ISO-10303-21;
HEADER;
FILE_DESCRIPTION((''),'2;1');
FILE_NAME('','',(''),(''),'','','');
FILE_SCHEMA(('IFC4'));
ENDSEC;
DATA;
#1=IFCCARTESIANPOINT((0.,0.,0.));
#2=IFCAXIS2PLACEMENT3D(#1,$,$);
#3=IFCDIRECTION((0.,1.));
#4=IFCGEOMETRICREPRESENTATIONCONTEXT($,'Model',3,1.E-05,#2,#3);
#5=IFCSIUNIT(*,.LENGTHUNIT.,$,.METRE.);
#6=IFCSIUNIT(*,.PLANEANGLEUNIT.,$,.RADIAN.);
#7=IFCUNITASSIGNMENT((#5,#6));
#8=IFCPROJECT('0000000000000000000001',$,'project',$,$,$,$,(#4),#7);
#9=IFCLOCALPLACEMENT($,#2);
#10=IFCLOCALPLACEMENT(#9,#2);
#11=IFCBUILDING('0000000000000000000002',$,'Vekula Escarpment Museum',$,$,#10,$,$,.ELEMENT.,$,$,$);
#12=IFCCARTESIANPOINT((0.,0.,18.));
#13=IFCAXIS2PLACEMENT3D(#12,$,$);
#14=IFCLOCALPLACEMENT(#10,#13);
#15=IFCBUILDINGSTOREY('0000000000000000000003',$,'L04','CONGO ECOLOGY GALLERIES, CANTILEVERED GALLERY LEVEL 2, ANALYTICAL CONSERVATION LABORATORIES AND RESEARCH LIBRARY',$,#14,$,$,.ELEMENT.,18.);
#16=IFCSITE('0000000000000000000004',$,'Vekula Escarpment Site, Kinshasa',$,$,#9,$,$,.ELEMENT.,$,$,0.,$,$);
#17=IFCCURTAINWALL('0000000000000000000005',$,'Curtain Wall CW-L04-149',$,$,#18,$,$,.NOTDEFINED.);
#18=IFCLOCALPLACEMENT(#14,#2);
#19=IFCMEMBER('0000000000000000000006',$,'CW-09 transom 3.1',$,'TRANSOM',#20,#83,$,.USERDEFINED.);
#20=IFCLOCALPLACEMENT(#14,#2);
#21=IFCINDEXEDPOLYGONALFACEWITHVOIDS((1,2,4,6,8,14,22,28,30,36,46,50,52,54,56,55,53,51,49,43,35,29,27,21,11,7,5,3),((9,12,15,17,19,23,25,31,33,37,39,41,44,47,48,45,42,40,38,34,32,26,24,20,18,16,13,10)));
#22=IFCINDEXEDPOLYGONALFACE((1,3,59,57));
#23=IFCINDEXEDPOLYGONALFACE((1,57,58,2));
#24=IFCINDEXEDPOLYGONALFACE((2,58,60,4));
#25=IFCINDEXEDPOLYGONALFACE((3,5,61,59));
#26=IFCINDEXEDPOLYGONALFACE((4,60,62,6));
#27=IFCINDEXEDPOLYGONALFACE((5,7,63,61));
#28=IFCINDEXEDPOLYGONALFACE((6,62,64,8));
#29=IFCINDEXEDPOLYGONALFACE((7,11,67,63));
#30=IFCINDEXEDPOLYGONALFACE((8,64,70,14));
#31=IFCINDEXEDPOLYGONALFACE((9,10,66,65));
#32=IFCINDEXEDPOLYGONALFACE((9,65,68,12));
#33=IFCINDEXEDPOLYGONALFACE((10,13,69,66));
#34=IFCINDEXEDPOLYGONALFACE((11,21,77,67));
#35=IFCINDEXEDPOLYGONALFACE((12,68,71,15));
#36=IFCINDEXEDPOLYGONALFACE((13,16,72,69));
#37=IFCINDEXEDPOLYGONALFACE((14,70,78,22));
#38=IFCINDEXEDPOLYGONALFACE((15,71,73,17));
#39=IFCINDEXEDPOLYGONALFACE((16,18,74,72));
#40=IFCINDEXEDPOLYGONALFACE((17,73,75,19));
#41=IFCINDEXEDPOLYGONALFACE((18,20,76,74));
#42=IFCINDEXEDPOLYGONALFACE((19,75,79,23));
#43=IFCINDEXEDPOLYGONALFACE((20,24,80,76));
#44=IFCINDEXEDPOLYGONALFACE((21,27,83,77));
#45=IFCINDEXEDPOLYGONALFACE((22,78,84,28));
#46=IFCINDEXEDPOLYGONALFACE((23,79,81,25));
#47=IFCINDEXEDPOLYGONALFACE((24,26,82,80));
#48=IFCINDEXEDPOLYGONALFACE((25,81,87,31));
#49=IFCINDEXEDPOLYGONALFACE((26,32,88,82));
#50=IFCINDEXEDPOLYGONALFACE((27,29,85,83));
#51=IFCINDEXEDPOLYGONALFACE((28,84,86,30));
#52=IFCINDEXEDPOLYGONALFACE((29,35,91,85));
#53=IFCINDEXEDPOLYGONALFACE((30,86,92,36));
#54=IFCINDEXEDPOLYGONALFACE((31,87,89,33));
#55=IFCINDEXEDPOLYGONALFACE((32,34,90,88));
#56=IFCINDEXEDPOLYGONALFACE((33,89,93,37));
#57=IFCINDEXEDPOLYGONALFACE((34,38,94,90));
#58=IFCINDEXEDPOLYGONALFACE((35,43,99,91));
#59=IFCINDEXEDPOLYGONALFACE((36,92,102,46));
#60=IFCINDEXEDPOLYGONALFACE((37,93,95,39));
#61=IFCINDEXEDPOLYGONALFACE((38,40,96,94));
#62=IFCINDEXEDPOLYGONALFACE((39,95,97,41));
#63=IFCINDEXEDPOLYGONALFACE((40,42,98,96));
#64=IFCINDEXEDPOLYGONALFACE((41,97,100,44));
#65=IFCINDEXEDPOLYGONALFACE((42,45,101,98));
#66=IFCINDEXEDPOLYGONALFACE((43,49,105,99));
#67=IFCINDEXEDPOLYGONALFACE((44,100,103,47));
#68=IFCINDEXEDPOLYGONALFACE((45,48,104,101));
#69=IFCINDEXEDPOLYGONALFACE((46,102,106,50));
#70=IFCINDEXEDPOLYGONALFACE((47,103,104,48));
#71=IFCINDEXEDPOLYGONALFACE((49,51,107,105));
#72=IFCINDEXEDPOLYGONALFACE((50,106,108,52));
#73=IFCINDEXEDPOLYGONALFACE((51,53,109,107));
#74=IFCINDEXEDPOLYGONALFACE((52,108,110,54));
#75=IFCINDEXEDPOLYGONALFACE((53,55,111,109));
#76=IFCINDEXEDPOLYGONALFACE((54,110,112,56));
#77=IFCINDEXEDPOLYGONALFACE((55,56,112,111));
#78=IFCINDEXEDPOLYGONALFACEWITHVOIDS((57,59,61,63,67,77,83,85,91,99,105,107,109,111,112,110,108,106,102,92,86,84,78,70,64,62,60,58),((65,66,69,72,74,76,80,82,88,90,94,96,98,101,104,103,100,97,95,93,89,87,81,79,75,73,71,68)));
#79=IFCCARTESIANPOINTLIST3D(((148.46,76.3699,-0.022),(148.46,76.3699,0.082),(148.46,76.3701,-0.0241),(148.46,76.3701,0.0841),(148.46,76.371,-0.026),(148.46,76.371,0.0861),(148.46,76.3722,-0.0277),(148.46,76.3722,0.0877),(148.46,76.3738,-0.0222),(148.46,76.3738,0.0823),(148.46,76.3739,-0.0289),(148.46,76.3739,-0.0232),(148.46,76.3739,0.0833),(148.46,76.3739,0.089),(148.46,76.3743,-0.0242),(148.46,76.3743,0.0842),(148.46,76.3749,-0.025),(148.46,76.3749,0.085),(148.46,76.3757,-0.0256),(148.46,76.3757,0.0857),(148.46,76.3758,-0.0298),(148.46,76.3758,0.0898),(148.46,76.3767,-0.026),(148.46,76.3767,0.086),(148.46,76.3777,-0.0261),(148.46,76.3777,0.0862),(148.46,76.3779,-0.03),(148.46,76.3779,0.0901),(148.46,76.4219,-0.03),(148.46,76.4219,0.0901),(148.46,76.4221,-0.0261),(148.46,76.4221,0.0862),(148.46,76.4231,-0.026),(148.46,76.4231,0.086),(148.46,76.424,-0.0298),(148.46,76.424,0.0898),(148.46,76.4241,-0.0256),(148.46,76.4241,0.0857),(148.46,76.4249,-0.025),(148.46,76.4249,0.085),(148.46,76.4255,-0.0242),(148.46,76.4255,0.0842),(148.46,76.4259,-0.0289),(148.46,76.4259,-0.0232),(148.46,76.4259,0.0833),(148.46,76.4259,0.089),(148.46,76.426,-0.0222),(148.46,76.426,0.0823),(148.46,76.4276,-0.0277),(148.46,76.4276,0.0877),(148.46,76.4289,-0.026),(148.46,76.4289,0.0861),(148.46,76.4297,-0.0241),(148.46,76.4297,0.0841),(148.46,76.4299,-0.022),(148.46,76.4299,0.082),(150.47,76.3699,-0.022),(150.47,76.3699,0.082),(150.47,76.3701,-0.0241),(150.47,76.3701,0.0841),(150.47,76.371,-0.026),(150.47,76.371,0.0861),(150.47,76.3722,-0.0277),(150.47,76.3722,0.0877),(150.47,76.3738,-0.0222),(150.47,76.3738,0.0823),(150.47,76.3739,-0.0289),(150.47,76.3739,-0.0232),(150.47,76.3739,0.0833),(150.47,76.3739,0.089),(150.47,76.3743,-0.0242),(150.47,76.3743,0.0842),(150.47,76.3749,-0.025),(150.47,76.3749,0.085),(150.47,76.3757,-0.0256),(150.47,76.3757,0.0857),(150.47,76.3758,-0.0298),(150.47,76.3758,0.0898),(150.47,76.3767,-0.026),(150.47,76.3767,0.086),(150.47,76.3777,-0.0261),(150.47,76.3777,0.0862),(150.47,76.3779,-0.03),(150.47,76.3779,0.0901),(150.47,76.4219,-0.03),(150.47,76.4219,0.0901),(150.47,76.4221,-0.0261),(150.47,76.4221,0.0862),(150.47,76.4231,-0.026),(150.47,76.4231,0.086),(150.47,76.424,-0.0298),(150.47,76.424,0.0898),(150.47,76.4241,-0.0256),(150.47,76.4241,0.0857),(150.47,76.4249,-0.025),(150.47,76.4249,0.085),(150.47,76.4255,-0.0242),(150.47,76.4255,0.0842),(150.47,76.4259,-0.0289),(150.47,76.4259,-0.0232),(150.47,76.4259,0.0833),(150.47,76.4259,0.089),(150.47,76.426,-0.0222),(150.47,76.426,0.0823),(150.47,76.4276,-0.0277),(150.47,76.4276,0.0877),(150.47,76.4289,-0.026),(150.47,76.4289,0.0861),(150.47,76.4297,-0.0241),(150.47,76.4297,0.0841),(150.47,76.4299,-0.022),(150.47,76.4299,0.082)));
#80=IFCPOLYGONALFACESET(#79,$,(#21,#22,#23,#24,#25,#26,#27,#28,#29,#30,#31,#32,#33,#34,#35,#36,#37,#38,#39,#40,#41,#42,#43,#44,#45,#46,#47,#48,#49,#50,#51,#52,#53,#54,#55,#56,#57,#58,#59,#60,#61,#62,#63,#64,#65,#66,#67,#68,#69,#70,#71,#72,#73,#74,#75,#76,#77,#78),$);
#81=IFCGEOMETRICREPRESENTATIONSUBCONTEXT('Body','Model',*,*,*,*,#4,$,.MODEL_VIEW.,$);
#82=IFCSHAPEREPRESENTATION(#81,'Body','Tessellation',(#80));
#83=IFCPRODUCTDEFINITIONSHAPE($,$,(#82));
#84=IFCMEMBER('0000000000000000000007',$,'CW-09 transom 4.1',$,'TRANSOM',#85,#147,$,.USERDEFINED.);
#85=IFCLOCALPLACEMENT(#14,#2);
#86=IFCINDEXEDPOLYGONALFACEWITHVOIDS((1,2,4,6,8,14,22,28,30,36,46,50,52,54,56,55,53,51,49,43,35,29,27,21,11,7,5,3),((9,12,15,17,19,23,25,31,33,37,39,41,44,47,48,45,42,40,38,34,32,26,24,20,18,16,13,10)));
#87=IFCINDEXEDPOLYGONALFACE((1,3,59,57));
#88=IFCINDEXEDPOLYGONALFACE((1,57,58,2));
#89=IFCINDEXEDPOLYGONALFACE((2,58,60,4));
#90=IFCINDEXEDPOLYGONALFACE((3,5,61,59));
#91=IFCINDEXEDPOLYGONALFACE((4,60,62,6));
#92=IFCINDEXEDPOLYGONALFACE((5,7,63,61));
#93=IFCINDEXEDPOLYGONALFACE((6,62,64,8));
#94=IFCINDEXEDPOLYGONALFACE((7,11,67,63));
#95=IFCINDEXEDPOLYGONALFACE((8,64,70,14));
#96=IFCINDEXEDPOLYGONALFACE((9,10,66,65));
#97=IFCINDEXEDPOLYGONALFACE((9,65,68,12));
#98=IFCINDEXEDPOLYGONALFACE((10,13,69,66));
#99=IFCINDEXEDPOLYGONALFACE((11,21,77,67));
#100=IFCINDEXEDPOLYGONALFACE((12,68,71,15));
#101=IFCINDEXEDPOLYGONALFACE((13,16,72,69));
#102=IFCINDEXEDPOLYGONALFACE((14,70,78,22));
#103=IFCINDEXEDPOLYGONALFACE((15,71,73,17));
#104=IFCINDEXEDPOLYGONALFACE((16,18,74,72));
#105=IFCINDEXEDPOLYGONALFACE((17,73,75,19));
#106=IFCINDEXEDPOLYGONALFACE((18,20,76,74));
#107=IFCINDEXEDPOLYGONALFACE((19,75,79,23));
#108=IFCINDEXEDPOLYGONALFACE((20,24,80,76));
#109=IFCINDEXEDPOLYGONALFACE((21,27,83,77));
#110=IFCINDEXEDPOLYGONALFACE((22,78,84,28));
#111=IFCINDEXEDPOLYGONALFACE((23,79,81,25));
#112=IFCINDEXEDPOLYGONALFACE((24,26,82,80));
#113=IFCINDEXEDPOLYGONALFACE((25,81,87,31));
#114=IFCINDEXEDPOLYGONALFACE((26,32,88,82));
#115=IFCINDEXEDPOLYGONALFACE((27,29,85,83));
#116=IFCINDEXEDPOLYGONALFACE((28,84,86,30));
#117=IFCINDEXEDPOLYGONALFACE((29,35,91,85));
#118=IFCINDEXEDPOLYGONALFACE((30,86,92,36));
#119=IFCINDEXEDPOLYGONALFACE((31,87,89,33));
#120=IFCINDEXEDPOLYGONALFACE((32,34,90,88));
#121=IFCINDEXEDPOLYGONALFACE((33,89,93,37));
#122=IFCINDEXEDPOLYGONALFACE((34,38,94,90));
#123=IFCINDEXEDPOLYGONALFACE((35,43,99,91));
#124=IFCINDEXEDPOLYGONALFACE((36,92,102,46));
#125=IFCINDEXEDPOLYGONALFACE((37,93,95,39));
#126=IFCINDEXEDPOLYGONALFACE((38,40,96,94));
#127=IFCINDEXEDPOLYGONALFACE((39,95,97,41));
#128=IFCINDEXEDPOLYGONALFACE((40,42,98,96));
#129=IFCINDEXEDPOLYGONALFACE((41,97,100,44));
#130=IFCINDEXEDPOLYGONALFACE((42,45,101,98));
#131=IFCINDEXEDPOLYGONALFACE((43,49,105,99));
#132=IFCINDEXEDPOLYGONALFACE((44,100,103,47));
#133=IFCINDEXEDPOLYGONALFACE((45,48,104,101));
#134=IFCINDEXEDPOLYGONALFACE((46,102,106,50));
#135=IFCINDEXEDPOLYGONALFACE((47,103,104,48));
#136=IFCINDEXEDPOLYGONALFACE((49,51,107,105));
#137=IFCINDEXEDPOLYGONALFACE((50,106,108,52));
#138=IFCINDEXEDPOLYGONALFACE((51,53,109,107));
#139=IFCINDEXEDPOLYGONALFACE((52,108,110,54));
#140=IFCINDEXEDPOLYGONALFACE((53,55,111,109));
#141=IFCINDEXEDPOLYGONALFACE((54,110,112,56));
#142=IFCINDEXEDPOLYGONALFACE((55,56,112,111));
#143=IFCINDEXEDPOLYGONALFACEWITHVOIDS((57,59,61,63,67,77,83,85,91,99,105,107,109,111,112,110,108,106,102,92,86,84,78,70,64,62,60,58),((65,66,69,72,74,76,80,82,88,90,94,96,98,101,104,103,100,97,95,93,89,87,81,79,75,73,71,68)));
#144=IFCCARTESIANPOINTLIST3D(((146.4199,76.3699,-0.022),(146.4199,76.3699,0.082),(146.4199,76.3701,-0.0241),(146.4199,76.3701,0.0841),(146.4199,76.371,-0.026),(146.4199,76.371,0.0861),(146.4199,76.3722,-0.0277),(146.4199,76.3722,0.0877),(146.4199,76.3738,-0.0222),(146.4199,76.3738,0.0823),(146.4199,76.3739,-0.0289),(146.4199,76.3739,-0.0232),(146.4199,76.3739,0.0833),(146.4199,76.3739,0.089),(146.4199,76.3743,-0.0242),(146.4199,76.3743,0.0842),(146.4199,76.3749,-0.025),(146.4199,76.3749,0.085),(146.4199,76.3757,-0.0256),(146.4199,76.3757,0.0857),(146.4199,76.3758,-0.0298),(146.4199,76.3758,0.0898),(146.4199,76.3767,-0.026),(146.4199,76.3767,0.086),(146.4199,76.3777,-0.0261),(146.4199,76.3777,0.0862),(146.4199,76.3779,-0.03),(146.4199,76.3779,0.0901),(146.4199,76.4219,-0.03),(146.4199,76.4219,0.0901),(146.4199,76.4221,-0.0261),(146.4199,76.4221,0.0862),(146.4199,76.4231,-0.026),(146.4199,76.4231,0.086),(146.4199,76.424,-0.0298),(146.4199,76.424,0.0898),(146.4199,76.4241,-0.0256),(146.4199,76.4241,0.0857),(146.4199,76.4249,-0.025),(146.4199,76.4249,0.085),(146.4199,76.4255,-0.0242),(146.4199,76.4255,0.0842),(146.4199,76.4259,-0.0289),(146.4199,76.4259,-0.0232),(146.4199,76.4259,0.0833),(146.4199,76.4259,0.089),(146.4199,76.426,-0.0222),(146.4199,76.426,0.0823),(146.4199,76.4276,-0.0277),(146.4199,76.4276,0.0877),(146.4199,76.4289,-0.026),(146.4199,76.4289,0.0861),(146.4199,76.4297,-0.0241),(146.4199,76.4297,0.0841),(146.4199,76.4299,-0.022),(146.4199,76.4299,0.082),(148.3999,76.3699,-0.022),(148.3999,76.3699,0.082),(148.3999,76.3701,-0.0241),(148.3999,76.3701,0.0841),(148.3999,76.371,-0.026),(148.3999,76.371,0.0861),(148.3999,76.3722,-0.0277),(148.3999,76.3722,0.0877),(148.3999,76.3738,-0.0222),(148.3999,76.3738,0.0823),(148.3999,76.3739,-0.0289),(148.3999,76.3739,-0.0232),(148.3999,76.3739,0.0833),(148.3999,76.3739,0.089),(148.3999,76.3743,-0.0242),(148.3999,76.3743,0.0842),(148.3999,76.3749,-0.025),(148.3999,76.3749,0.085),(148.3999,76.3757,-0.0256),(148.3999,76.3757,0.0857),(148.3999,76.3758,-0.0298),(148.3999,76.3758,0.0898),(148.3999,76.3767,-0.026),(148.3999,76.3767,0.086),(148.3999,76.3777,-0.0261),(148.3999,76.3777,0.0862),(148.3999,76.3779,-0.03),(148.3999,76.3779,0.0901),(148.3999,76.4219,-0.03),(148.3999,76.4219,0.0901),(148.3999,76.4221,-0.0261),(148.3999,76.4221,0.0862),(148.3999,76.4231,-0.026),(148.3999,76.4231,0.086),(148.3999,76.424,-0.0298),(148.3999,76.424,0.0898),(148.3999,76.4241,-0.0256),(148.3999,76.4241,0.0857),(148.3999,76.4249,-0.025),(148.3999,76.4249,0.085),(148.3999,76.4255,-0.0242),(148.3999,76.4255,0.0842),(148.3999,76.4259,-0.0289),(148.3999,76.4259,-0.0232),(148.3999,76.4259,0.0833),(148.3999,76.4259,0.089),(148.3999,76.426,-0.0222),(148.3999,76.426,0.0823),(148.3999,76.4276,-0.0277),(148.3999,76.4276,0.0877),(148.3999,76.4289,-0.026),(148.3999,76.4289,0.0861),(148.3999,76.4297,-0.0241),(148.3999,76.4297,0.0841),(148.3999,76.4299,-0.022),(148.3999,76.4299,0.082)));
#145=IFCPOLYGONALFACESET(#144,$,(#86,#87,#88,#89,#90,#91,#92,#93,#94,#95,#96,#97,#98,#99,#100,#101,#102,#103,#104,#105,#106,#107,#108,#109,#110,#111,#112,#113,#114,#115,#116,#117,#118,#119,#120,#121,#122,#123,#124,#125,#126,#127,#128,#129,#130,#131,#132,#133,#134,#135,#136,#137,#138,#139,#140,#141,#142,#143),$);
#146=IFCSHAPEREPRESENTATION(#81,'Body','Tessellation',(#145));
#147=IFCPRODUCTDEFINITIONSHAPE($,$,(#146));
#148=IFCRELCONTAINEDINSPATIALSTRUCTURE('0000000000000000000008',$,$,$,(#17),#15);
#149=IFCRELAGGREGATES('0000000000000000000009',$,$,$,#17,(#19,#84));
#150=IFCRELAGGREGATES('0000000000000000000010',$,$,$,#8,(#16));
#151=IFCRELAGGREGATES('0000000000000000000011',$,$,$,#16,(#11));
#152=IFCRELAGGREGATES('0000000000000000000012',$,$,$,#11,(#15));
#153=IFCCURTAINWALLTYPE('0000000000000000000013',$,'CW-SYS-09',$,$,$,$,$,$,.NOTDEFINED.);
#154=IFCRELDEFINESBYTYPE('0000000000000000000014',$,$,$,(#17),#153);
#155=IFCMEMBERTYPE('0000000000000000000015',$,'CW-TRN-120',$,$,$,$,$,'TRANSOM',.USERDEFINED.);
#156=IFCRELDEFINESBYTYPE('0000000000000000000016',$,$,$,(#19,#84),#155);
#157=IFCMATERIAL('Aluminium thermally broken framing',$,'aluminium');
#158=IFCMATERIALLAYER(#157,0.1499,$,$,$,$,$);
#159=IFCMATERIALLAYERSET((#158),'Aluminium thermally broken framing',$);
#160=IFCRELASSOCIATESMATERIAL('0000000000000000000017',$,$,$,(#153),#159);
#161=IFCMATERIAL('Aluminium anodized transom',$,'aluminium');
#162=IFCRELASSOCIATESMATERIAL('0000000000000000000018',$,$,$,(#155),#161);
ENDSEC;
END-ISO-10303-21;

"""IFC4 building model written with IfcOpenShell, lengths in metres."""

from ifc_helpers import new_model, si_unit, direction, frame, origin, origin_2d, place, context, subcontext, project, spatial, hollow_rectangle, extrude, material, layer, layer_set, material_profile, profile_set, type_object, element, aggregate, save


model = new_model("IFC4")

# Units and contexts
model_context = context("Model", 3, precision=1e-05, world=origin(), true_north=direction((0.0, 1.0)))
body_context = subcontext(model_context, "Body", "Model", "MODEL_VIEW")
ifc_project = project(units=[si_unit("LENGTHUNIT", "METRE"), si_unit("PLANEANGLEUNIT", "RADIAN")], contexts=[model_context])

# Site, building, storey
site_placement = place(None, origin())
site = spatial("IfcSite", under=ifc_project, at=site_placement, Name="Vekula Escarpment Site, Kinshasa", CompositionType="ELEMENT", RefElevation=0.0)
building_placement = place(site_placement, origin())
building = spatial("IfcBuilding", under=site, at=building_placement, Name="Vekula Escarpment Museum", CompositionType="ELEMENT")
storey_placement = place(building_placement, frame((0.0, 0.0, 18.0)))
storey = spatial("IfcBuildingStorey", under=building, at=storey_placement, Name="L04", Description="CONGO ECOLOGY GALLERIES, CANTILEVERED GALLERY LEVEL 2, ANALYTICAL CONSERVATION LABORATORIES AND RESEARCH LIBRARY", CompositionType="ELEMENT", Elevation=18.0)

# Curtain wall
ifc_material_1 = material(Name="Aluminium thermally broken framing", Category="aluminium")
ifc_layer_1 = layer(ifc_material_1, 0.1499)
ifc_layer_set_1 = layer_set([ifc_layer_1], Name="Aluminium thermally broken framing")
curtain_wall_type_1 = type_object("IfcCurtainWallType", Name="CW-SYS-09", PredefinedType="NOTDEFINED", material=ifc_layer_set_1)
curtain_wall_1_placement = place(storey_placement, origin())
curtain_wall_1 = element("IfcCurtainWall", 1, at=curtain_wall_1_placement, inside=storey, type_object=curtain_wall_type_1, Name="Curtain Wall CW-L04-149", PredefinedType="NOTDEFINED")

# Members
ifc_material_2 = material(Name="Aluminium anodized transom", Category="aluminium")
ifc_material_profile_1 = material_profile(ifc_material_2, hollow_rectangle(XDim=0.0601, YDim=0.1201, WallThickness=0.0039, InnerFilletRadius=0.0039, OuterFilletRadius=0.0081, at=origin_2d()), Name="ALU 120x60x4")
ifc_profile_set_1 = profile_set([ifc_material_profile_1], Name="Aluminium anodized transom")
member_type_1 = type_object("IfcMemberType", Name="CW-TRN-120", ElementType="TRANSOM", PredefinedType="USERDEFINED", material=ifc_profile_set_1)
member_1_placement = place(storey_placement, frame((150.47, 76.3999, 0.03), z_axis=(-1.0, 0.0, 0.0), x_axis=(0.0, -1.0, 0.0)))
member_1 = element("IfcMember", 2, at=member_1_placement, type_object=member_type_1, Name="CW-09 transom 3.1", ObjectType="TRANSOM", PredefinedType="USERDEFINED", context=body_context, shape_type="SweptSolid", body=[
    extrude(hollow_rectangle(XDim=0.0601, YDim=0.1201, WallThickness=0.0039, InnerFilletRadius=0.0039, OuterFilletRadius=0.0081, at=origin_2d()), origin(), (0.0, 0.0, 1.0), 2.01),
])
member_2_placement = place(storey_placement, frame((148.3999, 76.3999, 0.03), z_axis=(-1.0, 0.0, 0.0), x_axis=(0.0, -1.0, 0.0)))
member_2 = element("IfcMember", 3, at=member_2_placement, type_object=member_type_1, Name="CW-09 transom 4.1", ObjectType="TRANSOM", PredefinedType="USERDEFINED", context=body_context, shape_type="SweptSolid", body=[
    extrude(hollow_rectangle(XDim=0.0601, YDim=0.1201, WallThickness=0.0039, InnerFilletRadius=0.0039, OuterFilletRadius=0.0081, at=origin_2d()), origin(), (0.0, 0.0, 1.0), 1.98),
])

aggregate(curtain_wall_1, [member_1, member_2])

save(model, "model.ifc")
